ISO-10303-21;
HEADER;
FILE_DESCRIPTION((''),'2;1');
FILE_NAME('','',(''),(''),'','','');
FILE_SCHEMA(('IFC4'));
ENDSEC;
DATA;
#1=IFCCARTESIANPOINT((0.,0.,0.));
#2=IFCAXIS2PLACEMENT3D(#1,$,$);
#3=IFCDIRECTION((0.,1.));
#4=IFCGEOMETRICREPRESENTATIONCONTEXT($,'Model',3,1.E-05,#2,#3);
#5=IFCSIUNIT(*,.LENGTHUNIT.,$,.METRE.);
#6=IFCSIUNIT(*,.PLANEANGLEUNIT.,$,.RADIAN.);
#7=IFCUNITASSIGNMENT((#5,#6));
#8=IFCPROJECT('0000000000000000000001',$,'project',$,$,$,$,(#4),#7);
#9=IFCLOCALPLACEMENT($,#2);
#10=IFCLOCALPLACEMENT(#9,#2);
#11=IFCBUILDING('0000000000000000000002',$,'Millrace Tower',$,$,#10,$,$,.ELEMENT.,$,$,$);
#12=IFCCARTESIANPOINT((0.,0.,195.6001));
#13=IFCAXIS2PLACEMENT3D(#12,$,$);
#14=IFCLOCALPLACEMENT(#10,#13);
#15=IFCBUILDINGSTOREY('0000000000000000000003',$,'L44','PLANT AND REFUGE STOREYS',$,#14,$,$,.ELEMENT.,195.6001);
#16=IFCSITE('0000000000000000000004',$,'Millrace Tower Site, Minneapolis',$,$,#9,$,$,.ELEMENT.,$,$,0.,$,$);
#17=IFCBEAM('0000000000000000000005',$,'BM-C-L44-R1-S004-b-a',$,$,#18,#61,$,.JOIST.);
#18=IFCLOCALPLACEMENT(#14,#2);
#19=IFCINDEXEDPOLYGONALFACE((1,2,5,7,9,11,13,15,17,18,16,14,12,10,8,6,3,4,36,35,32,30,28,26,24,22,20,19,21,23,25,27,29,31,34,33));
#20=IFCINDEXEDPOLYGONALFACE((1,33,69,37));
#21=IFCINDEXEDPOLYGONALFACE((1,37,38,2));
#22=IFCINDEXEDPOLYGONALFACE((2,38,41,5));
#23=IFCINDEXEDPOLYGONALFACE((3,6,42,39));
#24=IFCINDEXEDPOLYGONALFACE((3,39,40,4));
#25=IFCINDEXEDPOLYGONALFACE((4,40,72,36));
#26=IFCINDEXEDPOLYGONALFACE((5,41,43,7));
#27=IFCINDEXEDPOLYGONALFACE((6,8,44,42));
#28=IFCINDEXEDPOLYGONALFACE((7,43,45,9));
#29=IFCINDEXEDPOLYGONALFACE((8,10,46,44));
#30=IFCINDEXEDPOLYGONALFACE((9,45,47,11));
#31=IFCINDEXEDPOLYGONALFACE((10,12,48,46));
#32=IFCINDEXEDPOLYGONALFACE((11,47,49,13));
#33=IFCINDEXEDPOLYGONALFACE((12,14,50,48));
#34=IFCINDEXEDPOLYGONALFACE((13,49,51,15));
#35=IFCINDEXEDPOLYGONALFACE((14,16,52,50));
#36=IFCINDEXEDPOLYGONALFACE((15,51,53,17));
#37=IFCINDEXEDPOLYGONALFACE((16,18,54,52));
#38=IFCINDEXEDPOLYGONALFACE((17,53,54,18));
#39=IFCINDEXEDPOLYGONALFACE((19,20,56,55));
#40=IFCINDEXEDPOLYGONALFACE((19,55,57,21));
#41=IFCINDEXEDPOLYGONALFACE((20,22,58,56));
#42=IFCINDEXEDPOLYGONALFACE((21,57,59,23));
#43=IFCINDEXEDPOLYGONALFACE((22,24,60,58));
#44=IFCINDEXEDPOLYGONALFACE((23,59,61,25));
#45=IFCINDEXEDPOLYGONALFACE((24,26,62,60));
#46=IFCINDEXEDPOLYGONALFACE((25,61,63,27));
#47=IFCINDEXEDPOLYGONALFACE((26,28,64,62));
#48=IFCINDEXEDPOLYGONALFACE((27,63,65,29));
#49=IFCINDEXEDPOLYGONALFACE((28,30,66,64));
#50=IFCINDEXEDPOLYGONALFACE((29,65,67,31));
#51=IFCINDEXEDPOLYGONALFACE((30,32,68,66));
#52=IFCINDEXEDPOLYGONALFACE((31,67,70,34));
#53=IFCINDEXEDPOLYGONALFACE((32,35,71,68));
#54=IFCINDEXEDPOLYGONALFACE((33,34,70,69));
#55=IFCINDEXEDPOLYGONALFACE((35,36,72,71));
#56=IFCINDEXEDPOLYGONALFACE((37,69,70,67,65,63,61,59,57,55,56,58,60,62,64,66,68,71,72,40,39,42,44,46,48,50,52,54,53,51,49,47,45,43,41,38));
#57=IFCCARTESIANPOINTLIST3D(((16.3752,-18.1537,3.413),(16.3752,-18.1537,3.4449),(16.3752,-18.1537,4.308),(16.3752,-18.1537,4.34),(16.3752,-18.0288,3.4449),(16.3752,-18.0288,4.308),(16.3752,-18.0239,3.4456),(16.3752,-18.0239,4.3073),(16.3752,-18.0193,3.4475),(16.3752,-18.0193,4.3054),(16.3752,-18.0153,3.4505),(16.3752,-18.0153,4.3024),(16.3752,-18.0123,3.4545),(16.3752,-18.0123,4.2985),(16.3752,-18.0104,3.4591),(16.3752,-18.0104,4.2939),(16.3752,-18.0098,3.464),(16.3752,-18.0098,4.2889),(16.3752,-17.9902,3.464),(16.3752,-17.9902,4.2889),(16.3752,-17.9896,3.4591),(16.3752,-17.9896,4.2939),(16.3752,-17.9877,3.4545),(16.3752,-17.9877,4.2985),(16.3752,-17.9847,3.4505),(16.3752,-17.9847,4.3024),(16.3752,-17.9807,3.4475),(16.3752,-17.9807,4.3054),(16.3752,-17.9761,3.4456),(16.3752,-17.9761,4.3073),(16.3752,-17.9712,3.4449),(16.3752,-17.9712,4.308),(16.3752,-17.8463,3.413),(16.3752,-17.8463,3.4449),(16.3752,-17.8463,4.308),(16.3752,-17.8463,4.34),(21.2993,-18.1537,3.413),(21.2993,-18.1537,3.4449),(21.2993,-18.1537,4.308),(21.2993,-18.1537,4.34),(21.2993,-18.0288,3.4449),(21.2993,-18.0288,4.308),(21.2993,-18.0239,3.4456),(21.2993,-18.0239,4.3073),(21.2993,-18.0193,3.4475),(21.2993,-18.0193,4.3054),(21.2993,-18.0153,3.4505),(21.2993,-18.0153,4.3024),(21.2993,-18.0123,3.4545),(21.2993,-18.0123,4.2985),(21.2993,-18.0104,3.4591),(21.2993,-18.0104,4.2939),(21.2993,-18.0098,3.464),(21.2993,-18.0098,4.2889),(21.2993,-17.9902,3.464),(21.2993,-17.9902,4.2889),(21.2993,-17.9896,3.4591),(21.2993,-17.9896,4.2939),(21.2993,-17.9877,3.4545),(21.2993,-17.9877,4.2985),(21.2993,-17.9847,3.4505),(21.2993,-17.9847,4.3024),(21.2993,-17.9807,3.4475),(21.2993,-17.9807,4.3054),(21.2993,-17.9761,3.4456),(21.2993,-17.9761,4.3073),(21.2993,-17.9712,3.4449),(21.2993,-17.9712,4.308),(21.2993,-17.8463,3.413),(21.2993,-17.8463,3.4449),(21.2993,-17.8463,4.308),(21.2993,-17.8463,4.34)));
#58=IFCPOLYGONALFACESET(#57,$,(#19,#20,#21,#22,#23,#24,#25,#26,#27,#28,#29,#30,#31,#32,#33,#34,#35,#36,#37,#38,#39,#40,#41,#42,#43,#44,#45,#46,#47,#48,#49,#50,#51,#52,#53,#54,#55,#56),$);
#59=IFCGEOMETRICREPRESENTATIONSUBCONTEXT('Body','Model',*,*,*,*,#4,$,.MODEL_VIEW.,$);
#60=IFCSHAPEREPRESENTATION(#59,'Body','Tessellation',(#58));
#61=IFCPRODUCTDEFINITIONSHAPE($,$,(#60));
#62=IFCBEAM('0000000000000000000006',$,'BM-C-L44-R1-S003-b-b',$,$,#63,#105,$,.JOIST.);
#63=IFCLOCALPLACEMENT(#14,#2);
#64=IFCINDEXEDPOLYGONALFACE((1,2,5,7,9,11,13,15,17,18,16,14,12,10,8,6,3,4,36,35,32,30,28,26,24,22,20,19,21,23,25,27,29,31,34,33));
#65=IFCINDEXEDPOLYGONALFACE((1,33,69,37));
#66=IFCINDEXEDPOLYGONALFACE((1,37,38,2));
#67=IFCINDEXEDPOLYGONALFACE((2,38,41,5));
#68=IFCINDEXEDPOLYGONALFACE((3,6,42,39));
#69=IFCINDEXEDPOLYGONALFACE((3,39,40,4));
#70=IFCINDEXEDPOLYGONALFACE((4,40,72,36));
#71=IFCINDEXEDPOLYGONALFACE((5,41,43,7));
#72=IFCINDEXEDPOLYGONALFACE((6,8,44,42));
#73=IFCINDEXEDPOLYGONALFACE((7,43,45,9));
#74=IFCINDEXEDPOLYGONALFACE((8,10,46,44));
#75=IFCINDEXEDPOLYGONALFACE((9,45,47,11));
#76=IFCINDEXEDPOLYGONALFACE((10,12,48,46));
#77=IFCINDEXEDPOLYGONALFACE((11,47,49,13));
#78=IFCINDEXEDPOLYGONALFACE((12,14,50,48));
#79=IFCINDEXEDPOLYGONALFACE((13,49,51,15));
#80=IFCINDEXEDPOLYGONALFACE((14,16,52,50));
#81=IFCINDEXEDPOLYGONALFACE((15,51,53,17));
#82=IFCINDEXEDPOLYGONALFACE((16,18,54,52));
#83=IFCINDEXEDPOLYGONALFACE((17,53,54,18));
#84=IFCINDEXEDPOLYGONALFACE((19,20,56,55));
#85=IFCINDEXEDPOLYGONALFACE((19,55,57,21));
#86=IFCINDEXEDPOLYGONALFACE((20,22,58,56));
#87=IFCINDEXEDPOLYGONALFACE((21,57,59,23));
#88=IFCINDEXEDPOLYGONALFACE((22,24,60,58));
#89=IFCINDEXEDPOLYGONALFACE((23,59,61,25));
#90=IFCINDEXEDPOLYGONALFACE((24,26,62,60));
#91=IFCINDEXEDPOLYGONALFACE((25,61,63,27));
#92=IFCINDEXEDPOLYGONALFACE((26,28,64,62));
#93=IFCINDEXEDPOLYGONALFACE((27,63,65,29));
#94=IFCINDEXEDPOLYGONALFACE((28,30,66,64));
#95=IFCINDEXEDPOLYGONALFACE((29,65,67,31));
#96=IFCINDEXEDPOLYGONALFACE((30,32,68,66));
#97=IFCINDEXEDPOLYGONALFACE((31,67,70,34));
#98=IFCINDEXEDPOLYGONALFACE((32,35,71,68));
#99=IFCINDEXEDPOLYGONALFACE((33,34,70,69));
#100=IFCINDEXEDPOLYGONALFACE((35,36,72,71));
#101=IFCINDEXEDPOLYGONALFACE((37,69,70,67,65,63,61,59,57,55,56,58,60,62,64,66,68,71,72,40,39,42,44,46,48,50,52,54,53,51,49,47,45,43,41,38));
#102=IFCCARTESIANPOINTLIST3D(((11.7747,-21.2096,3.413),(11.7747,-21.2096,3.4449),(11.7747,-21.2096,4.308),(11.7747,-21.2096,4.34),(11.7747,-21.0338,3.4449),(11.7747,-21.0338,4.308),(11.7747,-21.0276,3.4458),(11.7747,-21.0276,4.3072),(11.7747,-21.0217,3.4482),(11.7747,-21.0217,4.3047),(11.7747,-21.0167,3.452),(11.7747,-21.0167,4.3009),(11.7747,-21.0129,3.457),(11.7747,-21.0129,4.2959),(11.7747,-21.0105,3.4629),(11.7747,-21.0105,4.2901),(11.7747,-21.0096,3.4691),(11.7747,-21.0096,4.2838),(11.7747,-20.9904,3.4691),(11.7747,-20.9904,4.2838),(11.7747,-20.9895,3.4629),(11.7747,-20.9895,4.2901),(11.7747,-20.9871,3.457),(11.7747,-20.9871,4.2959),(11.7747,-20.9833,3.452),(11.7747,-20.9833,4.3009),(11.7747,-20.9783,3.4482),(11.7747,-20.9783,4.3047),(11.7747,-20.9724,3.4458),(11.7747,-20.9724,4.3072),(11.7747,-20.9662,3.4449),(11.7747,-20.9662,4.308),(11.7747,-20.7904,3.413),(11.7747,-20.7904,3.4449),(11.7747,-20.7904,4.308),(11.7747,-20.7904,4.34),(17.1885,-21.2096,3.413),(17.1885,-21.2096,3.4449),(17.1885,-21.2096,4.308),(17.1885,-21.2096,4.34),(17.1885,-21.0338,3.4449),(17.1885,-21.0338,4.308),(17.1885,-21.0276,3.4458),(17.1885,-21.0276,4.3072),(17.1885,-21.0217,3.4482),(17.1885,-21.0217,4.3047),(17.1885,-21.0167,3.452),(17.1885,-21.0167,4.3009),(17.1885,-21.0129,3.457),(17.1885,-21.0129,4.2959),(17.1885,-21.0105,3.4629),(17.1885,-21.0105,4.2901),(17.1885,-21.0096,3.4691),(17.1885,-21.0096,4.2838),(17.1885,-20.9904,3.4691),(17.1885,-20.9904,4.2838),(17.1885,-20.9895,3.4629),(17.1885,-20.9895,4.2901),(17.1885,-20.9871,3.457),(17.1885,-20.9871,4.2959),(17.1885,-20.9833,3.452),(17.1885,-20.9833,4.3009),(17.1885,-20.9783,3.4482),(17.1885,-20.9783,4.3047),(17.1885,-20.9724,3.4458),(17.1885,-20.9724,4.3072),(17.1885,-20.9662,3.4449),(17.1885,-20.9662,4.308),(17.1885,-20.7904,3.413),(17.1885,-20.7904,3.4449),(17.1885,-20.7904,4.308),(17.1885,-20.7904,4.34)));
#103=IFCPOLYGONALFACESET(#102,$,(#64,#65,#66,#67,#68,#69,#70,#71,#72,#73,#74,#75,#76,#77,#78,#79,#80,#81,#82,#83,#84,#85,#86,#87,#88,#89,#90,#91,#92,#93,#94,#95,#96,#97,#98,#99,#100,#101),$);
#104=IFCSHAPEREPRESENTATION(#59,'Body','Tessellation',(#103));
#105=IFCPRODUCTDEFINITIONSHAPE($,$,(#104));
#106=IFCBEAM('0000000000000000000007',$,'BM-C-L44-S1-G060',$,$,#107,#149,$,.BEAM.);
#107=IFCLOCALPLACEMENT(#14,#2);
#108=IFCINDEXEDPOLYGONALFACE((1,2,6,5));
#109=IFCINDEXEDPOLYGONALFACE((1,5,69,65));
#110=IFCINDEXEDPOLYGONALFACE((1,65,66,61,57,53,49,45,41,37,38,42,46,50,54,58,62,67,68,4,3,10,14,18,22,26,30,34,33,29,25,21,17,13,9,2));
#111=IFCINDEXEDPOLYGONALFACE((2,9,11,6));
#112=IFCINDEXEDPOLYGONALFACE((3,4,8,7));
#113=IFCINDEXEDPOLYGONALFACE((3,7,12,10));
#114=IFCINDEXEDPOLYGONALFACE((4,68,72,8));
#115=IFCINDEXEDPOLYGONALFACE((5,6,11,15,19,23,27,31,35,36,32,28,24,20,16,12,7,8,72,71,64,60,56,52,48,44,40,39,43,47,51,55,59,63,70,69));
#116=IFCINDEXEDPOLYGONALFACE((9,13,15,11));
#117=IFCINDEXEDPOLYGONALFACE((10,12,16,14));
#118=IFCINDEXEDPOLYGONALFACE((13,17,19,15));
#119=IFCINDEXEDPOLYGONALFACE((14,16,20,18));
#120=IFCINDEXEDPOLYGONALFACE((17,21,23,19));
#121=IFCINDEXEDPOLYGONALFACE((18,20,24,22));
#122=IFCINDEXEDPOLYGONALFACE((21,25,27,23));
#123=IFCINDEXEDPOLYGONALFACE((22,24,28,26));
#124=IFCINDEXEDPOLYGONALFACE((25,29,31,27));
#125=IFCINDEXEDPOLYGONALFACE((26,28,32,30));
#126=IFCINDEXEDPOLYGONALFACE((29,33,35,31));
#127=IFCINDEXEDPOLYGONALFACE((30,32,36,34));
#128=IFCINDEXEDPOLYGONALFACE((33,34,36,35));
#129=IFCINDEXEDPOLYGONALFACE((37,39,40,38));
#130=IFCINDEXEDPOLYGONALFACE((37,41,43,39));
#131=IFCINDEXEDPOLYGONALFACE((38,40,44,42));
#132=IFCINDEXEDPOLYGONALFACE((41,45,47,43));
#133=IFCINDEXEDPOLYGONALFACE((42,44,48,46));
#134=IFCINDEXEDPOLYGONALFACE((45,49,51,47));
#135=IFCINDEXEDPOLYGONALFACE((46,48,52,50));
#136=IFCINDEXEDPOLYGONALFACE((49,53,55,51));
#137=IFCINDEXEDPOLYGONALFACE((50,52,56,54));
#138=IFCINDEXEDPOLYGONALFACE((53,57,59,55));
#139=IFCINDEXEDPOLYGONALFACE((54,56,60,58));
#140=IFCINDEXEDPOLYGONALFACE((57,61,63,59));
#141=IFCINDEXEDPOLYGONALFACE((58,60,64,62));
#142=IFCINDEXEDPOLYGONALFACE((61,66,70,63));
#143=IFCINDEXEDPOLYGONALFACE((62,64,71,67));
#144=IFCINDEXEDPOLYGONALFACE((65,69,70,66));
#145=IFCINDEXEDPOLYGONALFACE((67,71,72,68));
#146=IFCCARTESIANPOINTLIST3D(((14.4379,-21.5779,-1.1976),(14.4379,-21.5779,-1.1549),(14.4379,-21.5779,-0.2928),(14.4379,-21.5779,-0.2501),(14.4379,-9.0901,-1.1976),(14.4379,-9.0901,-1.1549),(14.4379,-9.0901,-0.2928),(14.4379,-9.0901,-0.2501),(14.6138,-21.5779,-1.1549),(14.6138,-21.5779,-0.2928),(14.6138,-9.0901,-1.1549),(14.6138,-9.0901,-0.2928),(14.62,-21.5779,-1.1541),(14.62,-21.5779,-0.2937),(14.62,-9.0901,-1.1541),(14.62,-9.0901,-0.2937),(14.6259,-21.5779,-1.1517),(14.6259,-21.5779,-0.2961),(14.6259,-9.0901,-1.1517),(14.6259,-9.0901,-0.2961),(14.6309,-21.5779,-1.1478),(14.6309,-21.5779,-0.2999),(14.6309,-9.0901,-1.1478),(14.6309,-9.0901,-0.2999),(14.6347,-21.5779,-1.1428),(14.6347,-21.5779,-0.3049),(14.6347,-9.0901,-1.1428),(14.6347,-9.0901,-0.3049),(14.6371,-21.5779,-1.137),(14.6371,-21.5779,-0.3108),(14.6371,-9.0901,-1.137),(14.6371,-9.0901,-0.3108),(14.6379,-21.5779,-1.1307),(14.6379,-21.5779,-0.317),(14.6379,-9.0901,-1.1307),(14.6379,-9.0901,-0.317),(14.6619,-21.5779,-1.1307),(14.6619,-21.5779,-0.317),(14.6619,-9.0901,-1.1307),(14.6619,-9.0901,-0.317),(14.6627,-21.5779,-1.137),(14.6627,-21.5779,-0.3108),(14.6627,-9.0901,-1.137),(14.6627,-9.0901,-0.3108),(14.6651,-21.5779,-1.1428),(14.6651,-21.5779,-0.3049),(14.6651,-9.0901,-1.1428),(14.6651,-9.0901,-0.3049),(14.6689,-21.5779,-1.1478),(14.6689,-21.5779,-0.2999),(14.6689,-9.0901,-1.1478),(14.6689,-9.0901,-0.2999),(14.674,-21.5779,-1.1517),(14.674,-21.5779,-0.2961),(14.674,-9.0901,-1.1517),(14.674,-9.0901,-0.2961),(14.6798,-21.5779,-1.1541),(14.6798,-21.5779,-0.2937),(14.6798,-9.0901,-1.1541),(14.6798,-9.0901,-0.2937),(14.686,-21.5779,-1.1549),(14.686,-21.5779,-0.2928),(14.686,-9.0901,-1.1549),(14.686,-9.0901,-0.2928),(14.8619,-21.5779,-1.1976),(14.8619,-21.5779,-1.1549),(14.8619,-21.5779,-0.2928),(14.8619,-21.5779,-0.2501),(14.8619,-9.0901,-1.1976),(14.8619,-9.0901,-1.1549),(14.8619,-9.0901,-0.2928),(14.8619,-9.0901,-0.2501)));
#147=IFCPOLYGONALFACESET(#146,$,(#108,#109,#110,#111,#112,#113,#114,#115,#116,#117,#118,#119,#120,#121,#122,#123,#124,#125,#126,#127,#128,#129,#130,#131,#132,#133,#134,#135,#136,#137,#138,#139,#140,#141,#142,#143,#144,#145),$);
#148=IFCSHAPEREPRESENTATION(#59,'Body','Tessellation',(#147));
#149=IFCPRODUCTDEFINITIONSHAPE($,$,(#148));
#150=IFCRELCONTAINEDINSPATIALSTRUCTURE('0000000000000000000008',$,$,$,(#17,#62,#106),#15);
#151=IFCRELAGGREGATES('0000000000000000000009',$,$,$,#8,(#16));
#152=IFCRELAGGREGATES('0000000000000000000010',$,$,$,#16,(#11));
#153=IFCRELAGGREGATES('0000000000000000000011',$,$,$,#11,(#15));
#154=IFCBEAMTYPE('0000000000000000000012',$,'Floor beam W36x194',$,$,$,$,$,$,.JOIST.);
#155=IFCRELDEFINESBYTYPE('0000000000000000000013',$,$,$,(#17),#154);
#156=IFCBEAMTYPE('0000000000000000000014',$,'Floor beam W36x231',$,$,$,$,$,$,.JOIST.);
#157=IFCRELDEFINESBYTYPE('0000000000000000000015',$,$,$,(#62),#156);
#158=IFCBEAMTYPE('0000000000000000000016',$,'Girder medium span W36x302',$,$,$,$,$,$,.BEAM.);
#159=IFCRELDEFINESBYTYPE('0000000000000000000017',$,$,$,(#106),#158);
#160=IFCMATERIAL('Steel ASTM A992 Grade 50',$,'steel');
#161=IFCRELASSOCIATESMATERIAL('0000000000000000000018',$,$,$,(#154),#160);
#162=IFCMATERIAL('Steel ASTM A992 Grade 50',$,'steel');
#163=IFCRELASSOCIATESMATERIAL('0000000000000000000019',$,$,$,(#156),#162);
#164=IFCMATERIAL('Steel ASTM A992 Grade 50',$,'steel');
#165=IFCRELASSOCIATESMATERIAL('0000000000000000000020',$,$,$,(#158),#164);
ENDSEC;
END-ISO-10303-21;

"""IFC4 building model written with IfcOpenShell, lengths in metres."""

from ifc_helpers import new_model, si_unit, direction, frame, origin, origin_2d, place, context, subcontext, project, spatial, i_section, extrude, material, material_profile, profile_set, type_object, element, save


model = new_model("IFC4")

# Units and contexts
model_context = context("Model", 3, precision=1e-05, world=origin(), true_north=direction((0.0, 1.0)))
body_context = subcontext(model_context, "Body", "Model", "MODEL_VIEW")
ifc_project = project(units=[si_unit("LENGTHUNIT", "METRE"), si_unit("PLANEANGLEUNIT", "RADIAN")], contexts=[model_context])

# Site, building, storey
site_placement = place(None, origin())
site = spatial("IfcSite", under=ifc_project, at=site_placement, Name="Millrace Tower Site, Minneapolis", CompositionType="ELEMENT", RefElevation=0.0)
building_placement = place(site_placement, origin())
building = spatial("IfcBuilding", under=site, at=building_placement, Name="Millrace Tower", CompositionType="ELEMENT")
storey_placement = place(building_placement, frame((0.0, 0.0, 195.6001)))
storey = spatial("IfcBuildingStorey", under=building, at=storey_placement, Name="L44", Description="PLANT AND REFUGE STOREYS", CompositionType="ELEMENT", Elevation=195.6001)

# Beams
ifc_material_1 = material(Name="Steel ASTM A992 Grade 50", Category="steel")
ifc_material_profile_1 = material_profile(ifc_material_1, i_section(OverallWidth=0.3074, OverallDepth=0.927, WebThickness=0.0195, FlangeThickness=0.032, FilletRadius=0.019, at=origin_2d()))
ifc_profile_set_1 = profile_set([ifc_material_profile_1], Name="Steel ASTM A992 Grade 50")
beam_type_1 = type_object("IfcBeamType", Name="Floor beam W36x194", PredefinedType="JOIST", material=ifc_profile_set_1)
beam_1_placement = place(storey_placement, frame((16.3752, -18.0, 3.8765), z_axis=(1.0, 0.0, 0.0), x_axis=(0.0, 1.0, 0.0)))
element("IfcBeam", 1, at=beam_1_placement, inside=storey, type_object=beam_type_1, Name="BM-C-L44-R1-S004-b-a", PredefinedType="JOIST", context=body_context, shape_type="SweptSolid", body=[
    extrude(i_section(OverallWidth=0.3074, OverallDepth=0.927, WebThickness=0.0195, FlangeThickness=0.032, FilletRadius=0.019, at=origin_2d()), origin(), (0.0, 0.0, 1.0), 4.9241),
])
ifc_material_2 = material(Name="Steel ASTM A992 Grade 50", Category="steel")
ifc_material_profile_2 = material_profile(ifc_material_2, i_section(OverallWidth=0.4192, OverallDepth=0.927, WebThickness=0.0193, FlangeThickness=0.032, FilletRadius=0.0242, at=origin_2d()))
ifc_profile_set_2 = profile_set([ifc_material_profile_2], Name="Steel ASTM A992 Grade 50")
beam_type_2 = type_object("IfcBeamType", Name="Floor beam W36x231", PredefinedType="JOIST", material=ifc_profile_set_2)
beam_2_placement = place(storey_placement, frame((11.7747, -21.0, 3.8765), z_axis=(1.0, 0.0, 0.0), x_axis=(0.0, 1.0, 0.0)))
element("IfcBeam", 2, at=beam_2_placement, inside=storey, type_object=beam_type_2, Name="BM-C-L44-R1-S003-b-b", PredefinedType="JOIST", context=body_context, shape_type="SweptSolid", body=[
    extrude(i_section(OverallWidth=0.4192, OverallDepth=0.927, WebThickness=0.0193, FlangeThickness=0.032, FilletRadius=0.0242, at=origin_2d()), origin(), (0.0, 0.0, 1.0), 5.4138),
])
ifc_material_3 = material(Name="Steel ASTM A992 Grade 50", Category="steel")
ifc_material_profile_3 = material_profile(ifc_material_3, i_section(OverallWidth=0.4241, OverallDepth=0.9475, WebThickness=0.0239, FlangeThickness=0.0427, FilletRadius=0.0242, at=origin_2d()))
ifc_profile_set_3 = profile_set([ifc_material_profile_3], Name="Steel ASTM A992 Grade 50")
beam_type_3 = type_object("IfcBeamType", Name="Girder medium span W36x302", PredefinedType="BEAM", material=ifc_profile_set_3)
beam_3_placement = place(storey_placement, frame((14.6499, -21.5779, -0.7239), z_axis=(0.0, 1.0, 0.0), x_axis=(-1.0, 0.0, 0.0)))
element("IfcBeam", 3, at=beam_3_placement, inside=storey, type_object=beam_type_3, Name="BM-C-L44-S1-G060", PredefinedType="BEAM", context=body_context, shape_type="SweptSolid", body=[
    extrude(i_section(OverallWidth=0.4241, OverallDepth=0.9475, WebThickness=0.0239, FlangeThickness=0.0427, FilletRadius=0.0242, at=origin_2d()), origin(), (0.0, 0.0, 1.0), 12.4878),
])

save(model, "model.ifc")
